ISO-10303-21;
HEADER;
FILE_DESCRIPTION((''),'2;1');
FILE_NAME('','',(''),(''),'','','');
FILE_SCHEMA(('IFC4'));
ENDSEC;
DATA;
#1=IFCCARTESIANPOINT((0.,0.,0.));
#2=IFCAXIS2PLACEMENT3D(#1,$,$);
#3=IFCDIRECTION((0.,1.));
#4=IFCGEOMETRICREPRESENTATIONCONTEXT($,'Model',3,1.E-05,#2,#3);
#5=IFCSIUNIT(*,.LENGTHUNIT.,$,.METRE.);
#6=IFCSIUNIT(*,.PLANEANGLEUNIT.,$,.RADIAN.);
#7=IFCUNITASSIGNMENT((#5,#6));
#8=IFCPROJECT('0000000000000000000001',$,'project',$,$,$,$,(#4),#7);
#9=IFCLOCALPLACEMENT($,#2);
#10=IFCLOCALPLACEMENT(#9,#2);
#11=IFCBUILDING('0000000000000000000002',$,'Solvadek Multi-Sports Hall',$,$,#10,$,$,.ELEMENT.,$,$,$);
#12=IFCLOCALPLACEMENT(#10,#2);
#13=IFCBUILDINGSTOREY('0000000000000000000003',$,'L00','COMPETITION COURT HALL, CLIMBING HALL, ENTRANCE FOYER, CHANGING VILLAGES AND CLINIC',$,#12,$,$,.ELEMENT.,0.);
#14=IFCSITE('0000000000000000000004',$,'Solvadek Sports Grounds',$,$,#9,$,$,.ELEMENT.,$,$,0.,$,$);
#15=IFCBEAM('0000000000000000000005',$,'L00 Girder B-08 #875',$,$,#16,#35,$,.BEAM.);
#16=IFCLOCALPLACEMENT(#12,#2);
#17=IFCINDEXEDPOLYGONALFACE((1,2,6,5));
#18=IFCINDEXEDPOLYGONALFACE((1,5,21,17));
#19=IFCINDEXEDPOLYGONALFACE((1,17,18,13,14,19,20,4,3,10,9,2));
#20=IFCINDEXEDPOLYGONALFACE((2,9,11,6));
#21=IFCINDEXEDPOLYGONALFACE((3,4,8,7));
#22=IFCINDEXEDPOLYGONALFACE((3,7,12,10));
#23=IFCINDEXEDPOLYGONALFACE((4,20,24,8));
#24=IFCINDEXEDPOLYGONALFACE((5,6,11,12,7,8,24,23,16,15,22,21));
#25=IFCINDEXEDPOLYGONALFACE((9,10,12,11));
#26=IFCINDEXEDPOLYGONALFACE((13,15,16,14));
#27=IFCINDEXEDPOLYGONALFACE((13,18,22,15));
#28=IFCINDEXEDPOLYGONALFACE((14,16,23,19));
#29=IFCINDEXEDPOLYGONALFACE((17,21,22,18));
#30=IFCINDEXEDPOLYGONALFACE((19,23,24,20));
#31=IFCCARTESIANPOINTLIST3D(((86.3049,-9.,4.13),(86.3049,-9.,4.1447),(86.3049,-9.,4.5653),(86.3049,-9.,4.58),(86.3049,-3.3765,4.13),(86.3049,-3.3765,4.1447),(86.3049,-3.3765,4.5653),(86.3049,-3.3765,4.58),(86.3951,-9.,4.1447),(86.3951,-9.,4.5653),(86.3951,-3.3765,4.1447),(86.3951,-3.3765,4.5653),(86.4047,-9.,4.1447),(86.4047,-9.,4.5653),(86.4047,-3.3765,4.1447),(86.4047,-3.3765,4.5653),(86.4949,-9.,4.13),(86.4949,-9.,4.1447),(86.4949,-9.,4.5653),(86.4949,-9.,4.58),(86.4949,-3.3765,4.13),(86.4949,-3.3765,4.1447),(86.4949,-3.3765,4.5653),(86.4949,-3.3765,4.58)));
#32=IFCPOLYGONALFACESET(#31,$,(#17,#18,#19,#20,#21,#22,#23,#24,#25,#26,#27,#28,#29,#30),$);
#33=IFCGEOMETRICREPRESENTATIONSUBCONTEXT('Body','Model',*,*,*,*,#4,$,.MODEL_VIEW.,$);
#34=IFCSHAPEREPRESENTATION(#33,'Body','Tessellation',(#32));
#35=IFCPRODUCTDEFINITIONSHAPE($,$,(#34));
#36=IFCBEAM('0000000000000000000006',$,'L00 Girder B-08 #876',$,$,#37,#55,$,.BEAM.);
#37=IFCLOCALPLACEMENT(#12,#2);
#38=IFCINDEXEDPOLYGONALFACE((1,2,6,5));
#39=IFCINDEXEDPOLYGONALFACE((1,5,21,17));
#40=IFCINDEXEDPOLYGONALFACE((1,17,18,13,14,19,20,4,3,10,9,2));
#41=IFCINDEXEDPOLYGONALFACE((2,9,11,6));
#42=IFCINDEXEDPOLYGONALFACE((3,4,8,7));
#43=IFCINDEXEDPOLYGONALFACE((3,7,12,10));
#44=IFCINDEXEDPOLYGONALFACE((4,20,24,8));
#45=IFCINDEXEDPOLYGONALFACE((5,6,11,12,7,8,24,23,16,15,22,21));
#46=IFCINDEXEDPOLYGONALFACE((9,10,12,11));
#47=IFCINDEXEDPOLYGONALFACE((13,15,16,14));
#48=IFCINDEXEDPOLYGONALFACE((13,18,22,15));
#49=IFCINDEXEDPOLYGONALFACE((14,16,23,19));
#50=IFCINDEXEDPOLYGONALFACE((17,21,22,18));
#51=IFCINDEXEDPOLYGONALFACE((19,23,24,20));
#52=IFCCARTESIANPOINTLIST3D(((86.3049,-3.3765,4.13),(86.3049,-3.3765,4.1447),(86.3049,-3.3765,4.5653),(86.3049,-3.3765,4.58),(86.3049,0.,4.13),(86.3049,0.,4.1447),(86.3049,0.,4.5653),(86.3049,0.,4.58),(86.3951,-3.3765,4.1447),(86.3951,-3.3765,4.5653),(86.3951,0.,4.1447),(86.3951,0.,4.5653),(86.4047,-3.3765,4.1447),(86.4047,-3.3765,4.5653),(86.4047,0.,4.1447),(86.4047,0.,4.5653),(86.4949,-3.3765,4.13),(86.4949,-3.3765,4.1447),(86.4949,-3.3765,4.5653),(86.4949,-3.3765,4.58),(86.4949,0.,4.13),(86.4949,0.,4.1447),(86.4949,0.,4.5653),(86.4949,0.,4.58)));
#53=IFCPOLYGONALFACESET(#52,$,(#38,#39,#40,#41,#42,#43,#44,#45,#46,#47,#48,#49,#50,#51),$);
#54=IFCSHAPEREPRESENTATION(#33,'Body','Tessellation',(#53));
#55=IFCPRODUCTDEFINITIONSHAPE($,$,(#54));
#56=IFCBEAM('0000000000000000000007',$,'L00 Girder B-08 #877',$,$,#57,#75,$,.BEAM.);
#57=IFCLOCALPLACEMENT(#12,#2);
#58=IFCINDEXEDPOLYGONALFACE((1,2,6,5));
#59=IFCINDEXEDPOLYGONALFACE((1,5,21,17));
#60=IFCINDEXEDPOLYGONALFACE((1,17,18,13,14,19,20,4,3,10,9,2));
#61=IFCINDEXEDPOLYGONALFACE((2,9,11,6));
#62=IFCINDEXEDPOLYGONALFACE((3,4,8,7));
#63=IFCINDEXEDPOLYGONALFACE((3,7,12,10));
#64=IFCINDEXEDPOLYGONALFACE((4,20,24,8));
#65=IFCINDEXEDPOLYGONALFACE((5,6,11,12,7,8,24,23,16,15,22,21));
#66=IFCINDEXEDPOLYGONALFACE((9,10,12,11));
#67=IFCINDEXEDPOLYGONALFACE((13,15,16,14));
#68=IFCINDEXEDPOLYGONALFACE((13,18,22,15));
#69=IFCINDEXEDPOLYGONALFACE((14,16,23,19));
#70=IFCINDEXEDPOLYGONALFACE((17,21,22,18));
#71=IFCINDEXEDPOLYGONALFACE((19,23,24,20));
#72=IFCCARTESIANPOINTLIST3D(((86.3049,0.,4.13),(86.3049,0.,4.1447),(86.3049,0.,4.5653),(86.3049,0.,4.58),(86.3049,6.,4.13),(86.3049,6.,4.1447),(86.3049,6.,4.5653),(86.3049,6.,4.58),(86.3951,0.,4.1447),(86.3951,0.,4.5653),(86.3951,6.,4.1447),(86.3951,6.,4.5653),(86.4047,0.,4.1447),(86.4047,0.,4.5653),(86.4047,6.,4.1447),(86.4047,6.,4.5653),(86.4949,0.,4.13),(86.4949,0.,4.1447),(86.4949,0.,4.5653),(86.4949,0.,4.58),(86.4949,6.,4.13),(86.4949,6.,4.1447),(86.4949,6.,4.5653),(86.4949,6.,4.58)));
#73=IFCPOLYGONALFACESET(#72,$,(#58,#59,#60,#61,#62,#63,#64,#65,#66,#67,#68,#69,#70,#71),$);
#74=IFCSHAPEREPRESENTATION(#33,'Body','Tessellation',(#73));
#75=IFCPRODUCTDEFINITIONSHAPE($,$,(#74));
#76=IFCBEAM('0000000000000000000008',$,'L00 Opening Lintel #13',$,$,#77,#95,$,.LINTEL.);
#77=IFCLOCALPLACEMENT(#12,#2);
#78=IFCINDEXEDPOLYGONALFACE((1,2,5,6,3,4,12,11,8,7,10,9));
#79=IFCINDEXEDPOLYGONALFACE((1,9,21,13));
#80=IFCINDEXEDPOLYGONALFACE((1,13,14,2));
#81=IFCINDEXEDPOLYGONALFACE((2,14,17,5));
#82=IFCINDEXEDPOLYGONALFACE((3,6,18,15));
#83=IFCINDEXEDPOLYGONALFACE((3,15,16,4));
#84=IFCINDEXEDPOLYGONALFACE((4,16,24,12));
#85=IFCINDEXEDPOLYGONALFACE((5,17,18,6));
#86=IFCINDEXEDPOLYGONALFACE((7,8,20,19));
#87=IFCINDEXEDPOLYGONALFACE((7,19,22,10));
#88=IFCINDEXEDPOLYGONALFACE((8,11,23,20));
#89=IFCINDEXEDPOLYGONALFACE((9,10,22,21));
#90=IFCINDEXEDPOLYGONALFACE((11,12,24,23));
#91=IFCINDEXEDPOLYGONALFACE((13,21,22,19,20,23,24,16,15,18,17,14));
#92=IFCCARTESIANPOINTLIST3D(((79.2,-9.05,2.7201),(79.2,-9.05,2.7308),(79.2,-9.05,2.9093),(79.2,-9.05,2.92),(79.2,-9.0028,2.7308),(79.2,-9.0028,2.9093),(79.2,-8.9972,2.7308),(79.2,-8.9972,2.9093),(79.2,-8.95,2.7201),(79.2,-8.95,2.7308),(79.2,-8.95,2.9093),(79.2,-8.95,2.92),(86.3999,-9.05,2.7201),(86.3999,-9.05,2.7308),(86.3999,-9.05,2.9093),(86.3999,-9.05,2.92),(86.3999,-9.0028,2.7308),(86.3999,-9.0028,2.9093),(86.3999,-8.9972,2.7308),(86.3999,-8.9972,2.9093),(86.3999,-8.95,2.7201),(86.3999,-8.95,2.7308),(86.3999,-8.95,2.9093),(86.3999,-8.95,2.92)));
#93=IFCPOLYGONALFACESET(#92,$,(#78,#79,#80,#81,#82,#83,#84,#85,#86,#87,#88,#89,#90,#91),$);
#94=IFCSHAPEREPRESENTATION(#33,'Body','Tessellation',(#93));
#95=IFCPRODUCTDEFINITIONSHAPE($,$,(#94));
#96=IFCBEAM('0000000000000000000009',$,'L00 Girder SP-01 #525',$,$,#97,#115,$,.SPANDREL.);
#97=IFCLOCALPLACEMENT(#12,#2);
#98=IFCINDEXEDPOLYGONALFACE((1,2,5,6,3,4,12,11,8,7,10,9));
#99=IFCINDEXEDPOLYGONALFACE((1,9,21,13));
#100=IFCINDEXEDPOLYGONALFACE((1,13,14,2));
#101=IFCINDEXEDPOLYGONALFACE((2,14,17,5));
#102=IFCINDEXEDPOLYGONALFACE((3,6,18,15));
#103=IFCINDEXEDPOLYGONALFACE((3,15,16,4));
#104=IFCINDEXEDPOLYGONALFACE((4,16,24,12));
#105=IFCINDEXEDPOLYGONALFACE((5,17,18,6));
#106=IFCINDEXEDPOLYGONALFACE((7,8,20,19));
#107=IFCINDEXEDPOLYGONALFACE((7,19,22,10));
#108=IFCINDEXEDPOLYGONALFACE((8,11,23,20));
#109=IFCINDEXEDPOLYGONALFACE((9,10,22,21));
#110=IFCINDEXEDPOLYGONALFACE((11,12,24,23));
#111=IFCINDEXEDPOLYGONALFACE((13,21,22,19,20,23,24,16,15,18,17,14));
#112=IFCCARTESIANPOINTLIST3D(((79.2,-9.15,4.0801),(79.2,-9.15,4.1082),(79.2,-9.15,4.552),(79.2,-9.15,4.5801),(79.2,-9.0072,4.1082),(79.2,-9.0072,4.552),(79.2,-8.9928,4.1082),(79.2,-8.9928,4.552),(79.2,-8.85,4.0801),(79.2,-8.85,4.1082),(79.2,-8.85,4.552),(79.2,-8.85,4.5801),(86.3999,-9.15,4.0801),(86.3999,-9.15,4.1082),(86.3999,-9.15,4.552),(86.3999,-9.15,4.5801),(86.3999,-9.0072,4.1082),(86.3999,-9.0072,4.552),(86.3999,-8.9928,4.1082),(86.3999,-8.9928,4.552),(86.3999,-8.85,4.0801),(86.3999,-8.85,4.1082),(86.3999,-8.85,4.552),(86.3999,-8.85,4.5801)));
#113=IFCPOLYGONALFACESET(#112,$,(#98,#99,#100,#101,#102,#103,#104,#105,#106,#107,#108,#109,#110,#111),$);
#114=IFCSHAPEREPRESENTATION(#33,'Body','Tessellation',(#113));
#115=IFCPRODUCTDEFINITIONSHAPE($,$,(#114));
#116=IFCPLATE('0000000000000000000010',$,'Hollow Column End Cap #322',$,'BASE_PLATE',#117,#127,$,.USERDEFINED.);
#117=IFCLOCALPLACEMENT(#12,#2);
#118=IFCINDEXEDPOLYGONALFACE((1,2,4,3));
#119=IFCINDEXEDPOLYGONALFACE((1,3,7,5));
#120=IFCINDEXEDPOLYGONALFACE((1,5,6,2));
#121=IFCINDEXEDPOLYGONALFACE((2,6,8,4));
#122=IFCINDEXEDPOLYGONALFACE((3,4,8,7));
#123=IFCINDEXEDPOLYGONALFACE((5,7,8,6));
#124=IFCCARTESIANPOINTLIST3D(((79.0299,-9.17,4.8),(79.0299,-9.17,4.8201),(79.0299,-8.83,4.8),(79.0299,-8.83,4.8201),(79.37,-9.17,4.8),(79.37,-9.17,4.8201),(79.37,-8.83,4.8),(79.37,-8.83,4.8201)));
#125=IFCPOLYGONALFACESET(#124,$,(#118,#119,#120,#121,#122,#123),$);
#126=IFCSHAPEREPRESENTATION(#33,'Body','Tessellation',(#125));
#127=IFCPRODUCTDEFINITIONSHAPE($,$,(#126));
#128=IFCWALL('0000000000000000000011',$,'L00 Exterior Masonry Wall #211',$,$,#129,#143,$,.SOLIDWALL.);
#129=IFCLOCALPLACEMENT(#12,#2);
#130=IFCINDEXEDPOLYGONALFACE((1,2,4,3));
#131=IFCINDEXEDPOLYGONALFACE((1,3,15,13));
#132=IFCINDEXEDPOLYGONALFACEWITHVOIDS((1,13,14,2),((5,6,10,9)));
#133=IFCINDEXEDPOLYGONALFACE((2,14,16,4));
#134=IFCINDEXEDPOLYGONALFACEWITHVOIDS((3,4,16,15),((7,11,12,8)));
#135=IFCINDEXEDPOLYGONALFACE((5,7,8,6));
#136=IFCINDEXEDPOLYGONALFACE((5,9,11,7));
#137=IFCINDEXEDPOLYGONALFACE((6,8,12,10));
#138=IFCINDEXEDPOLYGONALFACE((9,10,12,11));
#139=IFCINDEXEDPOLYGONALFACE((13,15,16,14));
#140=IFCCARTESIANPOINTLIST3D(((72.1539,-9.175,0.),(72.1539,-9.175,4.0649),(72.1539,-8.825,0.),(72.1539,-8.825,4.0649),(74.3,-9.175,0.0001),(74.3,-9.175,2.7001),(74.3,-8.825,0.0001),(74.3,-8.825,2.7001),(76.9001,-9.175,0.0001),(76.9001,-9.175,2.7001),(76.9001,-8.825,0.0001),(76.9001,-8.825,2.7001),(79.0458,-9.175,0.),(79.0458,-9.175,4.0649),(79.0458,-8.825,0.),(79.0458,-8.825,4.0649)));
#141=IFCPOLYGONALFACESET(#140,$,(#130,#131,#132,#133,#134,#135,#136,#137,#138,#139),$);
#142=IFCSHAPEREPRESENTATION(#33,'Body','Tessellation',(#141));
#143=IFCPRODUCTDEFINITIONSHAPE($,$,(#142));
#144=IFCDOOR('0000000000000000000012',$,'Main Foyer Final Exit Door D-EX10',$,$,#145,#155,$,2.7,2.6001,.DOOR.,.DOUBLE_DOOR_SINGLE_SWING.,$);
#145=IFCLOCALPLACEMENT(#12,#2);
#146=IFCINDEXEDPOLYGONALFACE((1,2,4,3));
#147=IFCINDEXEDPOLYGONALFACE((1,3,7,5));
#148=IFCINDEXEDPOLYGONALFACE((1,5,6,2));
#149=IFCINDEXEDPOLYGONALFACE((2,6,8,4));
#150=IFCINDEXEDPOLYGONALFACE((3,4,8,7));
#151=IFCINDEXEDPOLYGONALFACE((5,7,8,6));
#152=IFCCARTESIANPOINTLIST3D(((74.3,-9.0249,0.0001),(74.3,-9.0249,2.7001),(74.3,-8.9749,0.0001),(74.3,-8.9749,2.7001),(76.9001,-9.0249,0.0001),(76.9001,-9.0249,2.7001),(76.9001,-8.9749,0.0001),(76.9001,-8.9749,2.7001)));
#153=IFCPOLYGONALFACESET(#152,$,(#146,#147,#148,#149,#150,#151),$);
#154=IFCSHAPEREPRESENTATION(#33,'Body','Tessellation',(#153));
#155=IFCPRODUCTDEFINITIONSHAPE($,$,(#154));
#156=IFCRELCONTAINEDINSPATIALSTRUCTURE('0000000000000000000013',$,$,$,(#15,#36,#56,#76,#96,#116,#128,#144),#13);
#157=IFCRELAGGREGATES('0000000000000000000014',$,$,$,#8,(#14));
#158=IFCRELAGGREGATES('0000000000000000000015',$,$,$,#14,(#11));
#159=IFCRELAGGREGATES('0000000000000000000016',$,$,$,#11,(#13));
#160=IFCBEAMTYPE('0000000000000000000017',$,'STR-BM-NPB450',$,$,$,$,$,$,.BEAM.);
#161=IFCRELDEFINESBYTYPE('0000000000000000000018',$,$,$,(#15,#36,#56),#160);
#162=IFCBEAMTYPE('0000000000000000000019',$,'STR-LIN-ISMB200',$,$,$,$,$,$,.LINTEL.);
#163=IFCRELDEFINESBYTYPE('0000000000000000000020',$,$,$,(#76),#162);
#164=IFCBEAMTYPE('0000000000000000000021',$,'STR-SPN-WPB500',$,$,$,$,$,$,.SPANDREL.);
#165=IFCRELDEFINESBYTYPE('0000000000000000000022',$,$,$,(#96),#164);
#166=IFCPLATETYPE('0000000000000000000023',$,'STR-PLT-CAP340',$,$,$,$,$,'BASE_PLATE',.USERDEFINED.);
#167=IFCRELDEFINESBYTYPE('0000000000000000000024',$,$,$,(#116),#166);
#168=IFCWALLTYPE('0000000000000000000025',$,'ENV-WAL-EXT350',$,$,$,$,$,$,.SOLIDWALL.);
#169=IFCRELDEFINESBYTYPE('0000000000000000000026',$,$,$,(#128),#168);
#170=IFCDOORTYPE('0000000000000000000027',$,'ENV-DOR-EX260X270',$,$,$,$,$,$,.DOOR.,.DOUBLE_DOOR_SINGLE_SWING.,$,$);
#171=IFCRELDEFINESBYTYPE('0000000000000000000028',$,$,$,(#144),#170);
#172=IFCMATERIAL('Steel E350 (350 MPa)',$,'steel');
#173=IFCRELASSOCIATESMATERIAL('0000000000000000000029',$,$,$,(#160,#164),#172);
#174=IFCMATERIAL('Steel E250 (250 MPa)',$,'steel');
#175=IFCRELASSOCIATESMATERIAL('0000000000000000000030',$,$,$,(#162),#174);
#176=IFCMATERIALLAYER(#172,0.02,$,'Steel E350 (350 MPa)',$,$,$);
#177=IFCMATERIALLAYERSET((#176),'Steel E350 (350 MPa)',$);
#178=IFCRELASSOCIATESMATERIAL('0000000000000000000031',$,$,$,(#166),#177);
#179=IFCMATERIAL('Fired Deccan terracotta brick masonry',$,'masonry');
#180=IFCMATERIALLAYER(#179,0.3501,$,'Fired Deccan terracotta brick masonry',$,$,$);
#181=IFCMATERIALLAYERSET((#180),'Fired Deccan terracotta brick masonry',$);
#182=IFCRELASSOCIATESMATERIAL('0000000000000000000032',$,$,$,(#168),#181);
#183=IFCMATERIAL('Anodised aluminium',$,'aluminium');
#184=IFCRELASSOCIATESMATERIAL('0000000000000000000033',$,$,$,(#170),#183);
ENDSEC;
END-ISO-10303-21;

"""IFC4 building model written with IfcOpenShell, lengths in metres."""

from ifc_helpers import new_model, si_unit, direction, frame, frame_2d, origin, origin_2d, place, context, subcontext, project, spatial, rectangle, i_section, extrude, material, layer, layer_set, material_profile, profile_set, type_object, element, fill, save


model = new_model("IFC4")

# Units and contexts
model_context = context("Model", 3, precision=1e-05, world=origin(), true_north=direction((0.0, 1.0)))
body_context = subcontext(model_context, "Body", "Model", "MODEL_VIEW")
ifc_project = project(units=[si_unit("LENGTHUNIT", "METRE"), si_unit("PLANEANGLEUNIT", "RADIAN")], contexts=[model_context])

# Site, building, storey
site_placement = place(None, origin())
site = spatial("IfcSite", under=ifc_project, at=site_placement, Name="Solvadek Sports Grounds", CompositionType="ELEMENT", RefElevation=0.0)
building_placement = place(site_placement, origin())
building = spatial("IfcBuilding", under=site, at=building_placement, Name="Solvadek Multi-Sports Hall", CompositionType="ELEMENT")
storey_placement = place(building_placement, origin())
storey = spatial("IfcBuildingStorey", under=building, at=storey_placement, Name="L00", Description="COMPETITION COURT HALL, CLIMBING HALL, ENTRANCE FOYER, CHANGING VILLAGES AND CLINIC", CompositionType="ELEMENT", Elevation=0.0)

# Shared definitions
ifc_material_1 = material(Name="Steel E350 (350 MPa)", Category="steel")

# Beams
ifc_material_profile_1 = material_profile(ifc_material_1, i_section(OverallWidth=0.1899, OverallDepth=0.45, WebThickness=0.0095, FlangeThickness=0.0146, at=origin_2d()), Name="NPB 450")
ifc_profile_set_1 = profile_set([ifc_material_profile_1], Name="Steel E350 (350 MPa)")
beam_type_1 = type_object("IfcBeamType", Name="STR-BM-NPB450", PredefinedType="BEAM", material=ifc_profile_set_1)
beam_1_placement = place(storey_placement, frame((86.3999, -9.0, 4.355), z_axis=(0.0, 1.0, 0.0), x_axis=(-1.0, 0.0, 0.0)))
element("IfcBeam", 1, at=beam_1_placement, inside=storey, type_object=beam_type_1, Name="L00 Girder B-08 #875", PredefinedType="BEAM", context=body_context, shape_type="SweptSolid", body=[
    extrude(i_section(OverallWidth=0.1899, OverallDepth=0.45, WebThickness=0.0095, FlangeThickness=0.0146, at=origin_2d()), origin(), (0.0, 0.0, 1.0), 5.6235),
])
beam_2_placement = place(storey_placement, frame((86.3999, -3.3765, 4.355), z_axis=(0.0, 1.0, 0.0), x_axis=(-1.0, 0.0, 0.0)))
element("IfcBeam", 2, at=beam_2_placement, inside=storey, type_object=beam_type_1, Name="L00 Girder B-08 #876", PredefinedType="BEAM", context=body_context, shape_type="SweptSolid", body=[
    extrude(i_section(OverallWidth=0.1899, OverallDepth=0.45, WebThickness=0.0095, FlangeThickness=0.0146, at=origin_2d()), origin(), (0.0, 0.0, 1.0), 3.3765),
])
beam_3_placement = place(storey_placement, frame((86.3999, 0.0, 4.355), z_axis=(0.0, 1.0, 0.0), x_axis=(-1.0, 0.0, 0.0)))
element("IfcBeam", 3, at=beam_3_placement, inside=storey, type_object=beam_type_1, Name="L00 Girder B-08 #877", PredefinedType="BEAM", context=body_context, shape_type="SweptSolid", body=[
    extrude(i_section(OverallWidth=0.1899, OverallDepth=0.45, WebThickness=0.0095, FlangeThickness=0.0146, at=origin_2d()), origin(), (0.0, 0.0, 1.0), 6.0),
])
ifc_material_2 = material(Name="Steel E250 (250 MPa)", Category="steel")
ifc_material_profile_2 = material_profile(ifc_material_2, i_section(OverallWidth=0.1001, OverallDepth=0.2, WebThickness=0.0056, FlangeThickness=0.0107, at=origin_2d()), Name="ISMB 200")
ifc_profile_set_2 = profile_set([ifc_material_profile_2], Name="Steel E250 (250 MPa)")
beam_type_2 = type_object("IfcBeamType", Name="STR-LIN-ISMB200", PredefinedType="LINTEL", material=ifc_profile_set_2)
beam_4_placement = place(storey_placement, frame((79.2, -9.0, 2.8201), z_axis=(1.0, 0.0, 0.0), x_axis=(0.0, 1.0, 0.0)))
element("IfcBeam", 4, at=beam_4_placement, inside=storey, type_object=beam_type_2, Name="L00 Opening Lintel #13", PredefinedType="LINTEL", context=body_context, shape_type="SweptSolid", body=[
    extrude(i_section(OverallWidth=0.1001, OverallDepth=0.2, WebThickness=0.0056, FlangeThickness=0.0107, at=origin_2d()), origin(), (0.0, 0.0, 1.0), 7.2),
])
ifc_material_profile_3 = material_profile(ifc_material_1, i_section(OverallWidth=0.3, OverallDepth=0.5, WebThickness=0.0144, FlangeThickness=0.0281, at=origin_2d()), Name="WPB 500")
ifc_profile_set_3 = profile_set([ifc_material_profile_3], Name="Steel E350 (350 MPa)")
beam_type_3 = type_object("IfcBeamType", Name="STR-SPN-WPB500", PredefinedType="SPANDREL", material=ifc_profile_set_3)
beam_5_placement = place(storey_placement, frame((79.2, -9.0, 4.3301), z_axis=(1.0, 0.0, 0.0), x_axis=(0.0, 1.0, 0.0)))
element("IfcBeam", 5, at=beam_5_placement, inside=storey, type_object=beam_type_3, Name="L00 Girder SP-01 #525", PredefinedType="SPANDREL", context=body_context, shape_type="SweptSolid", body=[
    extrude(i_section(OverallWidth=0.3, OverallDepth=0.5, WebThickness=0.0144, FlangeThickness=0.0281, at=origin_2d()), origin(), (0.0, 0.0, 1.0), 7.2),
])

# Plate
ifc_layer_1 = layer(ifc_material_1, 0.02, Name="Steel E350 (350 MPa)")
ifc_layer_set_1 = layer_set([ifc_layer_1], Name="Steel E350 (350 MPa)")
plate_type = type_object("IfcPlateType", Name="STR-PLT-CAP340", ElementType="BASE_PLATE", PredefinedType="USERDEFINED", material=ifc_layer_set_1)
plate_placement = place(storey_placement, frame((79.2, -9.0, 4.8), z_axis=(0.0, 0.0, 1.0), x_axis=(1.0, 0.0, 0.0)))
element("IfcPlate", 6, at=plate_placement, inside=storey, type_object=plate_type, Name="Hollow Column End Cap #322", ObjectType="BASE_PLATE", PredefinedType="USERDEFINED", context=body_context, shape_type="SweptSolid", body=[
    extrude(rectangle(XDim=0.3401, YDim=0.3401, at=origin_2d()), origin(), (0.0, 0.0, 1.0), 0.02),
])

# Wall, opening, door
ifc_material_3 = material(Name="Fired Deccan terracotta brick masonry", Category="masonry")
ifc_layer_2 = layer(ifc_material_3, 0.3501, Name="Fired Deccan terracotta brick masonry")
ifc_layer_set_2 = layer_set([ifc_layer_2], Name="Fired Deccan terracotta brick masonry")
wall_type = type_object("IfcWallType", Name="ENV-WAL-EXT350", PredefinedType="SOLIDWALL", material=ifc_layer_set_2)
wall_1_placement = place(storey_placement, frame((72.1541, -9.0, 0.0), z_axis=(0.0, 0.0, 1.0), x_axis=(1.0, 0.0, 0.0)))
wall_1 = element("IfcWall", 7, at=wall_1_placement, inside=storey, type_object=wall_type, Name="L00 Exterior Masonry Wall #211", PredefinedType="SOLIDWALL", context=body_context, shape_type="SweptSolid", body=[
    extrude(rectangle(XDim=6.8918, YDim=0.3501, at=frame_2d((3.4458, 0.0))), origin(), (0.0, 0.0, 1.0), 4.0649),
])
opening_1_placement = place(wall_1_placement, frame((2.146, 0.0, 0.0)))
opening_1 = element("IfcOpeningElement", 8, at=opening_1_placement, cuts=wall_1, PredefinedType="OPENING", context=body_context, shape_type="SweptSolid", body=[
    extrude(rectangle(XDim=2.6001, YDim=2.7, at=frame_2d((1.3, 1.3501))), frame((0.0, 0.1851, 0.0), z_axis=(0.0, -1.0, 0.0), x_axis=(1.0, 0.0, 0.0)), (0.0, 0.0, 1.0), 0.3701),
])
ifc_material_4 = material(Name="Anodised aluminium", Category="aluminium")
door_type = type_object("IfcDoorType", Name="ENV-DOR-EX260X270", OperationType="DOUBLE_DOOR_SINGLE_SWING", PredefinedType="DOOR", material=ifc_material_4)
door_1_placement = place(opening_1_placement, frame((2.6001, 0.0, 0.0), z_axis=(0.0, 0.0, 1.0), x_axis=(-1.0, 0.0, 0.0)))
door_1 = element("IfcDoor", 9, at=door_1_placement, inside=storey, type_object=door_type, Name="Main Foyer Final Exit Door D-EX10", OperationType="DOUBLE_DOOR_SINGLE_SWING", OverallHeight=2.7, OverallWidth=2.6001, PredefinedType="DOOR", context=body_context, shape_type="SweptSolid", body=[
    extrude(rectangle(XDim=2.6001, YDim=2.7, at=frame_2d((1.3, 1.3501))), frame((0.0, 0.0249, 0.0), z_axis=(0.0, -1.0, 0.0), x_axis=(1.0, 0.0, 0.0)), (0.0, 0.0, 1.0), 0.05),
])
fill(opening_1, door_1)

save(model, "model.ifc")
